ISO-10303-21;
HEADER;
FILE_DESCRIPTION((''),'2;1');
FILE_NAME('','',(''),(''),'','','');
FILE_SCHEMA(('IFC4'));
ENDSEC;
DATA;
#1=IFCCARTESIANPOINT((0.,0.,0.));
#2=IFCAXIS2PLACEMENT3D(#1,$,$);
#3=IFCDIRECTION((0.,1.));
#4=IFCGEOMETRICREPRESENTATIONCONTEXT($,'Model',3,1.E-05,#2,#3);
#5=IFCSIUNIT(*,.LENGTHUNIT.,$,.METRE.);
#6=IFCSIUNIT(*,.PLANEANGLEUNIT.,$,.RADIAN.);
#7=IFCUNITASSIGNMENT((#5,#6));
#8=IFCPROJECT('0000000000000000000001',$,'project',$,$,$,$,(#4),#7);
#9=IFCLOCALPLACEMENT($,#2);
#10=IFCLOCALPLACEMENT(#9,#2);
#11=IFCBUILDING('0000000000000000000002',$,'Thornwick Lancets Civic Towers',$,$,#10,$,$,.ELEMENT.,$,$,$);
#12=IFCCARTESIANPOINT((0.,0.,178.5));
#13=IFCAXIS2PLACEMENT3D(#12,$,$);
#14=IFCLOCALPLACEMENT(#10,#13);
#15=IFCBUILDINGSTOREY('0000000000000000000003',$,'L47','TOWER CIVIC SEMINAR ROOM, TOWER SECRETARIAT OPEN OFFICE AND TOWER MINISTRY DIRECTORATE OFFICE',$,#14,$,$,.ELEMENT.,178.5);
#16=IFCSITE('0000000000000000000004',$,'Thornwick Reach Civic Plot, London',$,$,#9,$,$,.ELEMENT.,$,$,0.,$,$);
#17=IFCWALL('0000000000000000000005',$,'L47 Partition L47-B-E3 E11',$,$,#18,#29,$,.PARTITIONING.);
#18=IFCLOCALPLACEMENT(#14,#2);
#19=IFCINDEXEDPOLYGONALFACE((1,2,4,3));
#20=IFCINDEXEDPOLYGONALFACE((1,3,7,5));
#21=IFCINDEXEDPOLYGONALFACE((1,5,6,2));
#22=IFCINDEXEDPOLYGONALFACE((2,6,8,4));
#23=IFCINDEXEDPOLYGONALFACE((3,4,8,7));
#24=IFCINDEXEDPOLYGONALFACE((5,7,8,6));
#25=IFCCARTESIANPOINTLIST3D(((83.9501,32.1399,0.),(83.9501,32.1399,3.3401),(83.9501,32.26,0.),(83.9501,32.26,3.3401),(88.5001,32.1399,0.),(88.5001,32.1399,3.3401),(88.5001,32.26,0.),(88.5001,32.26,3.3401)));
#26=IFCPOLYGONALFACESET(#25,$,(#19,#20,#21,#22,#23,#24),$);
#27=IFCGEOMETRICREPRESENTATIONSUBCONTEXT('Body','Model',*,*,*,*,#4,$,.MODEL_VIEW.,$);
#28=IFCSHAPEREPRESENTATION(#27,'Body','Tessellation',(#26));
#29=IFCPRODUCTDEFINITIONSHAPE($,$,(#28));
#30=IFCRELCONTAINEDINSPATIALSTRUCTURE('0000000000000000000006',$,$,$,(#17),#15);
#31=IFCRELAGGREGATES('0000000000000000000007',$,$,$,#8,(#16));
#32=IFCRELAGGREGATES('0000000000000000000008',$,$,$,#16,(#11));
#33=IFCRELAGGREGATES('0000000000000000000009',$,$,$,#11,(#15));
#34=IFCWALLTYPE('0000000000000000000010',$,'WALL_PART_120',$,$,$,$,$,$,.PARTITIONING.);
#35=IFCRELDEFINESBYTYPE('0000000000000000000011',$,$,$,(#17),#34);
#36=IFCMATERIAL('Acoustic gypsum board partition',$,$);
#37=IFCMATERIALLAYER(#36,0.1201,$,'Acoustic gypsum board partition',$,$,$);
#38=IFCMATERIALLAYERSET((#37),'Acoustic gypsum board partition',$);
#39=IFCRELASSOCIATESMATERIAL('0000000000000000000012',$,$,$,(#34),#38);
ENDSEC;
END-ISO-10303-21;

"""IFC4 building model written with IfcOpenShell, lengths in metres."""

from ifc_helpers import new_model, si_unit, direction, frame, frame_2d, origin, place, context, subcontext, project, spatial, rectangle, extrude, material, layer, layer_set, type_object, element, save


model = new_model("IFC4")

# Units and contexts
model_context = context("Model", 3, precision=1e-05, world=origin(), true_north=direction((0.0, 1.0)))
body_context = subcontext(model_context, "Body", "Model", "MODEL_VIEW")
ifc_project = project(units=[si_unit("LENGTHUNIT", "METRE"), si_unit("PLANEANGLEUNIT", "RADIAN")], contexts=[model_context])

# Site, building, storey
site_placement = place(None, origin())
site = spatial("IfcSite", under=ifc_project, at=site_placement, Name="Thornwick Reach Civic Plot, London", CompositionType="ELEMENT", RefElevation=0.0)
building_placement = place(site_placement, origin())
building = spatial("IfcBuilding", under=site, at=building_placement, Name="Thornwick Lancets Civic Towers", CompositionType="ELEMENT")
storey_placement = place(building_placement, frame((0.0, 0.0, 178.5)))
storey = spatial("IfcBuildingStorey", under=building, at=storey_placement, Name="L47", Description="TOWER CIVIC SEMINAR ROOM, TOWER SECRETARIAT OPEN OFFICE AND TOWER MINISTRY DIRECTORATE OFFICE", CompositionType="ELEMENT", Elevation=178.5)

# Shared definitions
ifc_material_1 = material(Name="Acoustic gypsum board partition")
ifc_layer_1 = layer(ifc_material_1, 0.1201, Name="Acoustic gypsum board partition")
ifc_layer_set_1 = layer_set([ifc_layer_1], Name="Acoustic gypsum board partition")
wall_type_1 = type_object("IfcWallType", Name="WALL_PART_120", PredefinedType="PARTITIONING", material=ifc_layer_set_1)

# Wall
wall_1_placement = place(storey_placement, frame((88.5, 32.2, 0.0), z_axis=(0.0, 0.0, 1.0), x_axis=(-1.0, 0.0, 0.0)))
element("IfcWall", 1, at=wall_1_placement, inside=storey, type_object=wall_type_1, Name="L47 Partition L47-B-E3 E11", PredefinedType="PARTITIONING", context=body_context, shape_type="SweptSolid", body=[
    extrude(rectangle(XDim=4.55, YDim=0.1201, at=frame_2d((2.2749, 0.0))), origin(), (0.0, 0.0, 1.0), 3.3401),
])

save(model, "model.ifc")
